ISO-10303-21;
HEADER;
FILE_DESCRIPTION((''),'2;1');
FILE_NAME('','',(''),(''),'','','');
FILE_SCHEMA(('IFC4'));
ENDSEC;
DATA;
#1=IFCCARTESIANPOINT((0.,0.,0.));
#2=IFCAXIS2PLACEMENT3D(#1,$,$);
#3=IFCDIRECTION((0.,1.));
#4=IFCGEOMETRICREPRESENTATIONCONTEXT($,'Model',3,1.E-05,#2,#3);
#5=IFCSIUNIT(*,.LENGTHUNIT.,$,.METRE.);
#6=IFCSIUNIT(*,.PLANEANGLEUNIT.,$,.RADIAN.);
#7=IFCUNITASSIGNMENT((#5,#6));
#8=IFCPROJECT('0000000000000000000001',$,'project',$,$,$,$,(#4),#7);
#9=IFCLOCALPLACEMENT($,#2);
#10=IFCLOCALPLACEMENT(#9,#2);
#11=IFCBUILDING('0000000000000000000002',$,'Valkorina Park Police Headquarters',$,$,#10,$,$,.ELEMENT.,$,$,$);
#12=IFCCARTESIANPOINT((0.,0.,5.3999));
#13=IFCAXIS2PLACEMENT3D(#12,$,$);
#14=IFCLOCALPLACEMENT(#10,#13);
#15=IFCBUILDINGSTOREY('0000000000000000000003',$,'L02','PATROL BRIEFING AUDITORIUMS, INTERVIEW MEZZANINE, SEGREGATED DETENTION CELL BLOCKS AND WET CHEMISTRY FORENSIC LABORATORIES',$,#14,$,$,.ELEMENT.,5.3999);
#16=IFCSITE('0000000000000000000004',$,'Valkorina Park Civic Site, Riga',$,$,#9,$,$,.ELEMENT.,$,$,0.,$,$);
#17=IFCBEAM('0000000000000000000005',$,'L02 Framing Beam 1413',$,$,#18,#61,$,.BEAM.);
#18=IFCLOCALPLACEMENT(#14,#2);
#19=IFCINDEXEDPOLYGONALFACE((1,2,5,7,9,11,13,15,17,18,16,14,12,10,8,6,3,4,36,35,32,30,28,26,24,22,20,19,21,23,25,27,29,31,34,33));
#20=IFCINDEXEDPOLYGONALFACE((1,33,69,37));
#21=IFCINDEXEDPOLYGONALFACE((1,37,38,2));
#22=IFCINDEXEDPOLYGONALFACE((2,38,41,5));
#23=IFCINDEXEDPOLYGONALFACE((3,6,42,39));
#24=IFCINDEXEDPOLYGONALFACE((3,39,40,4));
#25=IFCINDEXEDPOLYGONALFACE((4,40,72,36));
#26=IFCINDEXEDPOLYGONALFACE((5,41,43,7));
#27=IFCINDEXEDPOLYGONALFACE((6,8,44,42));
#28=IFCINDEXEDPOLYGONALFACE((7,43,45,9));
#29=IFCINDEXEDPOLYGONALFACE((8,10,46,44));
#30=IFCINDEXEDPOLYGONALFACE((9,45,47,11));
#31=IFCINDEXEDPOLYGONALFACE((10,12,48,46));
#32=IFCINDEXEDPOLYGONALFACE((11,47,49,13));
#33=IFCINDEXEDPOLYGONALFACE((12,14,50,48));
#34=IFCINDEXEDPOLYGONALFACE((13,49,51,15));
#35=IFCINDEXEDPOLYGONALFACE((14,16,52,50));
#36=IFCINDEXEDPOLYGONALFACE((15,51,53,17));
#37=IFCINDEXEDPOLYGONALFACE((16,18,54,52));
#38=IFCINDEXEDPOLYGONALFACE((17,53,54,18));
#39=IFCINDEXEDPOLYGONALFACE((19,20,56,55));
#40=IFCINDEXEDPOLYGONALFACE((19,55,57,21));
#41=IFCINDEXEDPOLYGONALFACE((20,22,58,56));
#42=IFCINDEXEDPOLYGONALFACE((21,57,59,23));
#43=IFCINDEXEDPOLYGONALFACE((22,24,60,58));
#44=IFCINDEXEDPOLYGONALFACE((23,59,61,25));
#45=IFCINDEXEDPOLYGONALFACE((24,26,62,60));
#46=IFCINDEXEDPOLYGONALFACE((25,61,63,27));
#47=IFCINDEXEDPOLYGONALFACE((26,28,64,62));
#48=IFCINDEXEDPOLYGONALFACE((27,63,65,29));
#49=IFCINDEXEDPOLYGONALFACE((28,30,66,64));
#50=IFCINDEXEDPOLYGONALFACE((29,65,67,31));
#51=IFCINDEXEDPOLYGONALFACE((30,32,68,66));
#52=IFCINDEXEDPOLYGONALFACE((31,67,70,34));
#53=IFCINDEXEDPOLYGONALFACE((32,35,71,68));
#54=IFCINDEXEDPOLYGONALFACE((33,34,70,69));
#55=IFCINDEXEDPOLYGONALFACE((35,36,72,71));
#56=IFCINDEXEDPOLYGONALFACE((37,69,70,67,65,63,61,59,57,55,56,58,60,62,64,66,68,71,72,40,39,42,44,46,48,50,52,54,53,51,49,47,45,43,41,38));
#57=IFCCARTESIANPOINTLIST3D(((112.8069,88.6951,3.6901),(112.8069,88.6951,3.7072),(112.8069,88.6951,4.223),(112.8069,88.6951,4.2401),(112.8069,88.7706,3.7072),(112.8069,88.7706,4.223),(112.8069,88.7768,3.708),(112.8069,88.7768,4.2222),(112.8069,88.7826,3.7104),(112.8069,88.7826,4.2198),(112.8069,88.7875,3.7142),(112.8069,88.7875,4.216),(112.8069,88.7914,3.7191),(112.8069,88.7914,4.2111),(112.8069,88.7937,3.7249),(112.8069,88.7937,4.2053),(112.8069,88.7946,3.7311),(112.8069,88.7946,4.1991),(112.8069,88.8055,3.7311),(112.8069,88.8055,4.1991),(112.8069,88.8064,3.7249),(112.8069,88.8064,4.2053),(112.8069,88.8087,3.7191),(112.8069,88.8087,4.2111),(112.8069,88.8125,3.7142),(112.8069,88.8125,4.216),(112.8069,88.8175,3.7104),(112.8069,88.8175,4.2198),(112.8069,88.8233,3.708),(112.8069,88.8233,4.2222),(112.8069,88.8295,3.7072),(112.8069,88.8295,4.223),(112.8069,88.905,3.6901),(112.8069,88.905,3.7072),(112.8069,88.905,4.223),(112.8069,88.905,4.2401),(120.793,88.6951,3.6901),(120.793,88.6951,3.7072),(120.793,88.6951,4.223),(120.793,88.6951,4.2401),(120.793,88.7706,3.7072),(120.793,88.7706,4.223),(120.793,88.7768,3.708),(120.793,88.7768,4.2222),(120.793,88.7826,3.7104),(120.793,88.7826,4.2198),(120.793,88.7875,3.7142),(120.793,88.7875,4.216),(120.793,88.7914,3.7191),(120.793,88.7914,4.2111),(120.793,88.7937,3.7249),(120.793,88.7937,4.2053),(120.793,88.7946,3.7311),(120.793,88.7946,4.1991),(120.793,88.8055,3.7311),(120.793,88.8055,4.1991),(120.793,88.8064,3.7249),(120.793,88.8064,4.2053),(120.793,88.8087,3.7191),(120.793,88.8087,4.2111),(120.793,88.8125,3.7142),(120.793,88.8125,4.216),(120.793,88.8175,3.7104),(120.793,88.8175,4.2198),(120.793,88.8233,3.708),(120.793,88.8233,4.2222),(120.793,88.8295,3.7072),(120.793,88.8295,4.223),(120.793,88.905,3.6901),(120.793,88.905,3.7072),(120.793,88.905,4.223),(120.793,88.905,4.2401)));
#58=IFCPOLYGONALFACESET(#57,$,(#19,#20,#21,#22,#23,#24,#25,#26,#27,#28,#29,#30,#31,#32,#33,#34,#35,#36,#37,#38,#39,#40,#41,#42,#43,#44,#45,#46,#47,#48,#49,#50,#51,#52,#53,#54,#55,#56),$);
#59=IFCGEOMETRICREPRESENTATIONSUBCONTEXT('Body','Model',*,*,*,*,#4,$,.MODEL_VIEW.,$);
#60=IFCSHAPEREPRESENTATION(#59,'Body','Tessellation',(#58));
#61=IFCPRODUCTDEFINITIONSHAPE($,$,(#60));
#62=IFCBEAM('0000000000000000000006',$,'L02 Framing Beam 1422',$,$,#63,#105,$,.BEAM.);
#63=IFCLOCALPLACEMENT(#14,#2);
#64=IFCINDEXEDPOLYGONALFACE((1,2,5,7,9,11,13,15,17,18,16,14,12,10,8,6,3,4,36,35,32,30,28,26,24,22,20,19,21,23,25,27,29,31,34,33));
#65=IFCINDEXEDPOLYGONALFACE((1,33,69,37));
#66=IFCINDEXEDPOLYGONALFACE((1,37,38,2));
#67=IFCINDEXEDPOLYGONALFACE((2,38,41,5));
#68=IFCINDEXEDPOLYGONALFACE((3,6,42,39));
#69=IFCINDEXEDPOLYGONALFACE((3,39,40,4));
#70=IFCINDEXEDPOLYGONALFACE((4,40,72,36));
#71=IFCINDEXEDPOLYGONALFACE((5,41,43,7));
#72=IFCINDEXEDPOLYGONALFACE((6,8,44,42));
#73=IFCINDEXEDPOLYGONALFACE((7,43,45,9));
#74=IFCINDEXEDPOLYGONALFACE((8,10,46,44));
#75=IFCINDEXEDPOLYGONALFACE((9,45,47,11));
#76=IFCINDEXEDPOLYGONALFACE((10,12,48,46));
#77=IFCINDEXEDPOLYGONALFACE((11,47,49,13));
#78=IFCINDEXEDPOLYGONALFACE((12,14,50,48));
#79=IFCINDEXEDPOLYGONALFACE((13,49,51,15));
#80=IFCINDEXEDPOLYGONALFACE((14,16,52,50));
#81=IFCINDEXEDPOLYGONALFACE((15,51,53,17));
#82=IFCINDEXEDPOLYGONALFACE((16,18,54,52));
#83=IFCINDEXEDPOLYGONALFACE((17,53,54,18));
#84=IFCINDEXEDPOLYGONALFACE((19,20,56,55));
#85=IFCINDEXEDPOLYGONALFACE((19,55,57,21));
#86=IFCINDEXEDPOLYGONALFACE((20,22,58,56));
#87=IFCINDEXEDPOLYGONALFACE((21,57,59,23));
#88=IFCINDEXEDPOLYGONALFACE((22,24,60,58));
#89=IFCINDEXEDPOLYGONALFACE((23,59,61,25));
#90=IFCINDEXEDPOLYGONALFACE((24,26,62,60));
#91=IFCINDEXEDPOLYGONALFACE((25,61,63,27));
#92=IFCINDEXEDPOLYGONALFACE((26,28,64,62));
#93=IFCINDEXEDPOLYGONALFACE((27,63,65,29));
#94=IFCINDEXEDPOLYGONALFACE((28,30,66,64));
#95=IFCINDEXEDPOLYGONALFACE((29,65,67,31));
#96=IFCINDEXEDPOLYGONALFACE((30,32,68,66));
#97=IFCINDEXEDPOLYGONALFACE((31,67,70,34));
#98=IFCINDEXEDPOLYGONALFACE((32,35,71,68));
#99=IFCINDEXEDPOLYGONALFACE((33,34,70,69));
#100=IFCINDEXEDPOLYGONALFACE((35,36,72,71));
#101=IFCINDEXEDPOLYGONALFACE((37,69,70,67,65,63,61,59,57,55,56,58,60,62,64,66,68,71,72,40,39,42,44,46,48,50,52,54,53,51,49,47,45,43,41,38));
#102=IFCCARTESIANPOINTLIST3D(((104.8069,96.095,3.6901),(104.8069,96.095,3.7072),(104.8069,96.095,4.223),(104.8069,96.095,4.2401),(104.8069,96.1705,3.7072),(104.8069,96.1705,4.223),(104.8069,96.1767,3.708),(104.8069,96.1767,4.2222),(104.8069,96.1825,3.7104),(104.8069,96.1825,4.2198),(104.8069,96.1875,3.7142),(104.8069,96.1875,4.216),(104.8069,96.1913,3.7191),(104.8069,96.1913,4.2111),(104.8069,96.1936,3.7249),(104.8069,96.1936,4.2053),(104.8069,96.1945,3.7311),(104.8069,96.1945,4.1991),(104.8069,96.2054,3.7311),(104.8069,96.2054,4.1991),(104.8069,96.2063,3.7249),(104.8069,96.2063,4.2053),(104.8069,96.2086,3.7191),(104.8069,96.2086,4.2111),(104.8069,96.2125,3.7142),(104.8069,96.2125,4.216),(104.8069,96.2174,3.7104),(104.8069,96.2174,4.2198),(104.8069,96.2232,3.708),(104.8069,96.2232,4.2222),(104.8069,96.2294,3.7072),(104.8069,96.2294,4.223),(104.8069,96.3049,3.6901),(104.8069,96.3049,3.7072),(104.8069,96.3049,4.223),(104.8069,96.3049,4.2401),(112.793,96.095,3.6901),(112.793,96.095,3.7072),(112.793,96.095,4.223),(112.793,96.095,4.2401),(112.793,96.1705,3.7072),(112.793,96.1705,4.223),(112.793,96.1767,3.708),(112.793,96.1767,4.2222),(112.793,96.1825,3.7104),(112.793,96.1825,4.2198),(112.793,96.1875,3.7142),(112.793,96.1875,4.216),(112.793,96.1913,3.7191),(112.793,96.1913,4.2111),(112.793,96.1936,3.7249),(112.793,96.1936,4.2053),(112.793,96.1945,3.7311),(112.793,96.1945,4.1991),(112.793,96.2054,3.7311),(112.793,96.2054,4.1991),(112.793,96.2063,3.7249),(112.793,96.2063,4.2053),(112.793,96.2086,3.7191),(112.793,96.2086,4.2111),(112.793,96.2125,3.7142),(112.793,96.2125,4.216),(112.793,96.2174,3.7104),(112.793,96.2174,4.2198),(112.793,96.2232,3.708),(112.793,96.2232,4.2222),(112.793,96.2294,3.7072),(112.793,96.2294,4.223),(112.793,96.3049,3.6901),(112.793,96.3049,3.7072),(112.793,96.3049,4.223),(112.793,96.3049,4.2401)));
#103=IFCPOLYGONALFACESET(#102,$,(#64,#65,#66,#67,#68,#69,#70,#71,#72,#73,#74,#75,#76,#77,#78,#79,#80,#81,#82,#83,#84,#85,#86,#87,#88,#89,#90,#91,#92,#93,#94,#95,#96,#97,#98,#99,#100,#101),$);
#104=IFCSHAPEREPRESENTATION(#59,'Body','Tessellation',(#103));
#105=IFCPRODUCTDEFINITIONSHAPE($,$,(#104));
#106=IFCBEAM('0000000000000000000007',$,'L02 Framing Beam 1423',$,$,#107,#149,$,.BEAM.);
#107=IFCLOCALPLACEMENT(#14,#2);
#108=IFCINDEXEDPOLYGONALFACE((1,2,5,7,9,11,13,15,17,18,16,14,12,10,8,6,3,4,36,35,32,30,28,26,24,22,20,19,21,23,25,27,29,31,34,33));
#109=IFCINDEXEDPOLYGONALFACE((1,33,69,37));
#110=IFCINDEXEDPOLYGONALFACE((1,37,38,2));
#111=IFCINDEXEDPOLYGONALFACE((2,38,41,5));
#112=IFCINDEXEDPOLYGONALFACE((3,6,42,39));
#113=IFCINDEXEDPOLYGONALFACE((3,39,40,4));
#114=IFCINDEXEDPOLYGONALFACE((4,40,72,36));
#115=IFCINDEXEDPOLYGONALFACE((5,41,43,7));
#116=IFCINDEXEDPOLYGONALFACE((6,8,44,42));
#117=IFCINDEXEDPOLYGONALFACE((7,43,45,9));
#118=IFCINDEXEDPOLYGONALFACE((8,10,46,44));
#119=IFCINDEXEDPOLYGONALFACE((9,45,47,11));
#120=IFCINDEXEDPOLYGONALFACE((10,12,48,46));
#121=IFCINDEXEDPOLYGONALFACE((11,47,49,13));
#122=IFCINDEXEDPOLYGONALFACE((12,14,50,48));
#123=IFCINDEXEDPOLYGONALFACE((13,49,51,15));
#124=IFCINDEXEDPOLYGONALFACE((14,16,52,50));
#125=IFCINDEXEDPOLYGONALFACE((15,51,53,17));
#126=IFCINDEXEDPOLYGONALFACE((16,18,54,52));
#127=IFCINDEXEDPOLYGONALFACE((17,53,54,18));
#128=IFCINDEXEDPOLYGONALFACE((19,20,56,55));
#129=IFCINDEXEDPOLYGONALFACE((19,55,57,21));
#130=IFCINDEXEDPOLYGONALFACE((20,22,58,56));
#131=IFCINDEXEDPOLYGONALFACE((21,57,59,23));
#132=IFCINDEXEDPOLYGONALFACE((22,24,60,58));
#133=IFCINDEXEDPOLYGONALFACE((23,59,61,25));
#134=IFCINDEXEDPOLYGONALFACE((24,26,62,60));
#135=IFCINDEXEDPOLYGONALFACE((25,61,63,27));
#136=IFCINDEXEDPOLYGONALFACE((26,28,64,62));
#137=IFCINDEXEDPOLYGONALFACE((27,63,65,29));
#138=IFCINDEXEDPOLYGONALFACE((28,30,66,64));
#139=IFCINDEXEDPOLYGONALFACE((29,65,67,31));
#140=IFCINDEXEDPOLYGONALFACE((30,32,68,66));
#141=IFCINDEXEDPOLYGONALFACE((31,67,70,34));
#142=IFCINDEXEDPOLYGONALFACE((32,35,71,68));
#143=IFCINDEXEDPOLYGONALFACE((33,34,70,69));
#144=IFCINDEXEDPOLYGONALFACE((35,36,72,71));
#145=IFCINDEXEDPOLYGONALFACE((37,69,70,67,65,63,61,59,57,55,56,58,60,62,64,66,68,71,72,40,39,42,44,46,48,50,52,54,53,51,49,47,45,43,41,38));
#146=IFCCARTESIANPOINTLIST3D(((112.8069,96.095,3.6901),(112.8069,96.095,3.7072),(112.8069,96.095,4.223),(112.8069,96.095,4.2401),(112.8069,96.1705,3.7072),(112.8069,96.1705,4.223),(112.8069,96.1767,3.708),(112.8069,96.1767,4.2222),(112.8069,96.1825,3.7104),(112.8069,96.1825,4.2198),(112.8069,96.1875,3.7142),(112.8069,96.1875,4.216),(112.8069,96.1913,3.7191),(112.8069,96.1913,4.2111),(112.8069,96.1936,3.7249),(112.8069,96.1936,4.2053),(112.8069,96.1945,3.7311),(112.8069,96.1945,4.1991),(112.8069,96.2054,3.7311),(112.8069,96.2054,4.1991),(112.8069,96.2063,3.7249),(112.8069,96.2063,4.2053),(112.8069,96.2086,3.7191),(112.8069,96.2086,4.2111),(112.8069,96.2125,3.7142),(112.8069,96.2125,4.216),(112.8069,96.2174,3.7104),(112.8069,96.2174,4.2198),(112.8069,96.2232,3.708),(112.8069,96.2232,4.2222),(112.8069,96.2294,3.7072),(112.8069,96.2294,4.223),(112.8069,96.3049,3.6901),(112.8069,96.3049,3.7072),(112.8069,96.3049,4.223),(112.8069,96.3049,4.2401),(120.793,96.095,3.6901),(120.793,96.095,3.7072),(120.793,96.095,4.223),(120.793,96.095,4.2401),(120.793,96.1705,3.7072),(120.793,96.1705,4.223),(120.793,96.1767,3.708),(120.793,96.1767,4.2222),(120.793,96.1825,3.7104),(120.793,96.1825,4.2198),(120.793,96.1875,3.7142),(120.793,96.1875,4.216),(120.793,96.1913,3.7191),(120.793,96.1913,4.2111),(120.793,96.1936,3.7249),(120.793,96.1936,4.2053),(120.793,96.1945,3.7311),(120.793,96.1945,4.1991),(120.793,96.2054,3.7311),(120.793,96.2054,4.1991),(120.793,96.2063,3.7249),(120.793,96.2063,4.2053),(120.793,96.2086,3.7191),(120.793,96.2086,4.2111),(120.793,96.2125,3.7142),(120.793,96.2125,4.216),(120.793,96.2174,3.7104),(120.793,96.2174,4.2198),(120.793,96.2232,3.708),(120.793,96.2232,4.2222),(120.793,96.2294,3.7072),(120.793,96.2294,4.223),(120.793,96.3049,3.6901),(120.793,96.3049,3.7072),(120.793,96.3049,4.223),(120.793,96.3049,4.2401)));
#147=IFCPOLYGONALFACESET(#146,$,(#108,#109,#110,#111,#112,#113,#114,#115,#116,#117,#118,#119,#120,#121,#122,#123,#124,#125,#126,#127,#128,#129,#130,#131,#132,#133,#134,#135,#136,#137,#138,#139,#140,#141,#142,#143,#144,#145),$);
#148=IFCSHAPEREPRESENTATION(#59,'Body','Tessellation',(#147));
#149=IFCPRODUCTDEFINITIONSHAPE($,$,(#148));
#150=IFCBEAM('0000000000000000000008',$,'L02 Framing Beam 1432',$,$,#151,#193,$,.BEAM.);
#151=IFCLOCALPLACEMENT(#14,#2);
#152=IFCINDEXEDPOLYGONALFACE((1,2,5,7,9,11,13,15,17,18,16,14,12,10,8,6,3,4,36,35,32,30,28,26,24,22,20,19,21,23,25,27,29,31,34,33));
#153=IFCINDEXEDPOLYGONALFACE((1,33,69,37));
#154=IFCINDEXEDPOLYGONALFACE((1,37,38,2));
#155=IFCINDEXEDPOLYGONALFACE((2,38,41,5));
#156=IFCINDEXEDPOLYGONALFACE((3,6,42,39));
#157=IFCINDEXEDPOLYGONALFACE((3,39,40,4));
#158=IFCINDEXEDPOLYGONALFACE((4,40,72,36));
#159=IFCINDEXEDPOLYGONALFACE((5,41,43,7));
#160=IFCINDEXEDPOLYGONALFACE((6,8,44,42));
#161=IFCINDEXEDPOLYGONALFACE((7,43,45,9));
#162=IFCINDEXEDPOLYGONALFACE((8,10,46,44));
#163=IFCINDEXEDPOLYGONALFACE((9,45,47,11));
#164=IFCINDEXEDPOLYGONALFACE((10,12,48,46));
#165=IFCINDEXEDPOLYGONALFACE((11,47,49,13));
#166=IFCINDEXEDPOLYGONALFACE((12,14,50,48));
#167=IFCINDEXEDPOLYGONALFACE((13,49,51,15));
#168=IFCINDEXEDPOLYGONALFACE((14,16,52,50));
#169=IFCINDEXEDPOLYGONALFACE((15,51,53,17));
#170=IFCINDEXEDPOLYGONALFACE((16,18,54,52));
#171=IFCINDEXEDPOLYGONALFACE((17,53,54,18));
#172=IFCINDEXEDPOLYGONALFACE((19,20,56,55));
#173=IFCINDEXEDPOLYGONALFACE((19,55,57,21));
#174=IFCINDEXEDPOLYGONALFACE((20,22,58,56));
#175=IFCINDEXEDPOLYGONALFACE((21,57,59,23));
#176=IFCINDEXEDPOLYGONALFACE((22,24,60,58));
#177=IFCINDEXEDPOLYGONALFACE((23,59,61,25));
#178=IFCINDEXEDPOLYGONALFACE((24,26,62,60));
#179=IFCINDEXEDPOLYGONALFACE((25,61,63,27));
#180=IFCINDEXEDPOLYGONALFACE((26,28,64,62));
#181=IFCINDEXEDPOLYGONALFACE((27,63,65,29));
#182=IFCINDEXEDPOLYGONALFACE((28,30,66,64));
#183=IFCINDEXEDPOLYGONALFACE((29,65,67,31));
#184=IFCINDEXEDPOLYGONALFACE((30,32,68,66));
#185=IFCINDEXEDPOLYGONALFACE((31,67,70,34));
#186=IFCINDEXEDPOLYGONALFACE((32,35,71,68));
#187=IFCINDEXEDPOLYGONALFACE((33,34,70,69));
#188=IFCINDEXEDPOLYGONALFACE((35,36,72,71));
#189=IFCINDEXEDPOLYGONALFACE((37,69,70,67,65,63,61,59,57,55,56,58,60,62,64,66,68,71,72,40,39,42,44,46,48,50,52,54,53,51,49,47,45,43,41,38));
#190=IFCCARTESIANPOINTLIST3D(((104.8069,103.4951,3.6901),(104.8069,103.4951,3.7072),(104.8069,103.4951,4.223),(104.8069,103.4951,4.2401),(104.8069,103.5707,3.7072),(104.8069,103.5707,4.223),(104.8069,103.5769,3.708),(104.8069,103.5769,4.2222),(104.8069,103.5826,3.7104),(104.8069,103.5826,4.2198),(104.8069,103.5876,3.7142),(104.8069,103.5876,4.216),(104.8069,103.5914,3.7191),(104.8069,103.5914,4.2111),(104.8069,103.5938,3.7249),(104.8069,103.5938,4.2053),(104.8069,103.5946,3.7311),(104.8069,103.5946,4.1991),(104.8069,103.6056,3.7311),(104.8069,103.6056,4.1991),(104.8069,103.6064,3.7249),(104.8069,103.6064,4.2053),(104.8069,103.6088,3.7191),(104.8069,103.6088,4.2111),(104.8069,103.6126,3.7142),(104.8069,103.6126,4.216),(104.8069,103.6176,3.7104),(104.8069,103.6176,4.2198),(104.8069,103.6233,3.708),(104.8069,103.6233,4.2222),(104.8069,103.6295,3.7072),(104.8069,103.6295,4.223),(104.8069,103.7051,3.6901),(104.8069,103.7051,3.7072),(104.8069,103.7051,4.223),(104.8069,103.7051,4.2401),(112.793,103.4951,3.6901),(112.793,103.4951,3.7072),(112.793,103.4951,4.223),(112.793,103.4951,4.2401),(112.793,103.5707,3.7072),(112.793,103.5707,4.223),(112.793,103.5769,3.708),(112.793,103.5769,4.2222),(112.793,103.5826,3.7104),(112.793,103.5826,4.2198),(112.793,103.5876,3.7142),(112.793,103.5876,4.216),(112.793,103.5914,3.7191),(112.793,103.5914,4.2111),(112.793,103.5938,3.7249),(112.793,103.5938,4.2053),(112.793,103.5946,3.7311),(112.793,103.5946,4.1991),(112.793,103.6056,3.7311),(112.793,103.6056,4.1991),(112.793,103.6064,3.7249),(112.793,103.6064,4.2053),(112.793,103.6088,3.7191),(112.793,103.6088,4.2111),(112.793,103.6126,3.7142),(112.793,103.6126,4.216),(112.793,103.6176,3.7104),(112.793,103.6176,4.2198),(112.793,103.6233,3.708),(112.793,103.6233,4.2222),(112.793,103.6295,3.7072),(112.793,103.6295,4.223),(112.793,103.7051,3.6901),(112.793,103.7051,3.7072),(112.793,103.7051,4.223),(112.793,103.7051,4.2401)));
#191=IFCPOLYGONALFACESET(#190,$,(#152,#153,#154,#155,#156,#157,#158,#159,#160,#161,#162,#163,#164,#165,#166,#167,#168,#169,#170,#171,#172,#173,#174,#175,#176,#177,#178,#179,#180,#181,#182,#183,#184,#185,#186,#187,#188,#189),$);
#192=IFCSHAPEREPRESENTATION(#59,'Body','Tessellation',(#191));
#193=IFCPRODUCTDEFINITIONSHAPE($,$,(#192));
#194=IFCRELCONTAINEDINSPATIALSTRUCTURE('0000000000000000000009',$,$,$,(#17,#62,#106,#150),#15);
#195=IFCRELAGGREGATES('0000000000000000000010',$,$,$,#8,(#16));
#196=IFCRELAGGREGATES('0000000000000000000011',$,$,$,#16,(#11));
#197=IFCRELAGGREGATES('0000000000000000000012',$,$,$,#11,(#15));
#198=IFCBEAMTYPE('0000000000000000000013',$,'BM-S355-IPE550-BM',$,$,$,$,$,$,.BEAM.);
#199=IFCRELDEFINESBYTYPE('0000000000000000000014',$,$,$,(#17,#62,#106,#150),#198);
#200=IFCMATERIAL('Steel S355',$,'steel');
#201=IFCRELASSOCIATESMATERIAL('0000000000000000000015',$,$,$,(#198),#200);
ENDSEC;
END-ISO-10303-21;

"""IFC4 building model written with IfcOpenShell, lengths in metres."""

from ifc_helpers import new_model, si_unit, direction, frame, origin, origin_2d, place, context, subcontext, project, spatial, i_section, extrude, material, material_profile, profile_set, type_object, element, save


model = new_model("IFC4")

# Units and contexts
model_context = context("Model", 3, precision=1e-05, world=origin(), true_north=direction((0.0, 1.0)))
body_context = subcontext(model_context, "Body", "Model", "MODEL_VIEW")
ifc_project = project(units=[si_unit("LENGTHUNIT", "METRE"), si_unit("PLANEANGLEUNIT", "RADIAN")], contexts=[model_context])

# Site, building, storey
site_placement = place(None, origin())
site = spatial("IfcSite", under=ifc_project, at=site_placement, Name="Valkorina Park Civic Site, Riga", CompositionType="ELEMENT", RefElevation=0.0)
building_placement = place(site_placement, origin())
building = spatial("IfcBuilding", under=site, at=building_placement, Name="Valkorina Park Police Headquarters", CompositionType="ELEMENT")
storey_placement = place(building_placement, frame((0.0, 0.0, 5.3999)))
storey = spatial("IfcBuildingStorey", under=building, at=storey_placement, Name="L02", Description="PATROL BRIEFING AUDITORIUMS, INTERVIEW MEZZANINE, SEGREGATED DETENTION CELL BLOCKS AND WET CHEMISTRY FORENSIC LABORATORIES", CompositionType="ELEMENT", Elevation=5.3999)

# Shared definitions
ifc_material_1 = material(Name="Steel S355", Category="steel")

# Beams
ifc_material_profile_1 = material_profile(ifc_material_1, i_section(OverallWidth=0.21, OverallDepth=0.55, WebThickness=0.011, FlangeThickness=0.0171, FilletRadius=0.0239, at=origin_2d()), Name="IPE 550")
ifc_profile_set_1 = profile_set([ifc_material_profile_1], Name="Steel S355")
beam_type_1 = type_object("IfcBeamType", Name="BM-S355-IPE550-BM", PredefinedType="BEAM", material=ifc_profile_set_1)
for number, where, z_axis, x_axis, name in (
    (1, (112.8069, 88.8, 3.9651), (1.0, 0.0, 0.0), (0.0, 1.0, 0.0), "L02 Framing Beam 1413"),
    (2, (104.8069, 96.2, 3.9651), (1.0, 0.0, 0.0), (0.0, 1.0, 0.0), "L02 Framing Beam 1422"),
    (3, (112.8069, 96.2, 3.9651), (1.0, 0.0, 0.0), (0.0, 1.0, 0.0), "L02 Framing Beam 1423"),
    (4, (104.8069, 103.6001, 3.9651), (1.0, 0.0, 0.0), (0.0, 1.0, 0.0), "L02 Framing Beam 1432"),
):
    element("IfcBeam", number, at=place(storey_placement, frame(where, z_axis=z_axis, x_axis=x_axis)), inside=storey, type_object=beam_type_1, Name=name, PredefinedType="BEAM", context=body_context, shape_type="SweptSolid", body=[
        extrude(i_section(OverallWidth=0.21, OverallDepth=0.55, WebThickness=0.011, FlangeThickness=0.0171, FilletRadius=0.0239, at=origin_2d()), origin(), (0.0, 0.0, 1.0), 7.9861),
    ])

save(model, "model.ifc")
